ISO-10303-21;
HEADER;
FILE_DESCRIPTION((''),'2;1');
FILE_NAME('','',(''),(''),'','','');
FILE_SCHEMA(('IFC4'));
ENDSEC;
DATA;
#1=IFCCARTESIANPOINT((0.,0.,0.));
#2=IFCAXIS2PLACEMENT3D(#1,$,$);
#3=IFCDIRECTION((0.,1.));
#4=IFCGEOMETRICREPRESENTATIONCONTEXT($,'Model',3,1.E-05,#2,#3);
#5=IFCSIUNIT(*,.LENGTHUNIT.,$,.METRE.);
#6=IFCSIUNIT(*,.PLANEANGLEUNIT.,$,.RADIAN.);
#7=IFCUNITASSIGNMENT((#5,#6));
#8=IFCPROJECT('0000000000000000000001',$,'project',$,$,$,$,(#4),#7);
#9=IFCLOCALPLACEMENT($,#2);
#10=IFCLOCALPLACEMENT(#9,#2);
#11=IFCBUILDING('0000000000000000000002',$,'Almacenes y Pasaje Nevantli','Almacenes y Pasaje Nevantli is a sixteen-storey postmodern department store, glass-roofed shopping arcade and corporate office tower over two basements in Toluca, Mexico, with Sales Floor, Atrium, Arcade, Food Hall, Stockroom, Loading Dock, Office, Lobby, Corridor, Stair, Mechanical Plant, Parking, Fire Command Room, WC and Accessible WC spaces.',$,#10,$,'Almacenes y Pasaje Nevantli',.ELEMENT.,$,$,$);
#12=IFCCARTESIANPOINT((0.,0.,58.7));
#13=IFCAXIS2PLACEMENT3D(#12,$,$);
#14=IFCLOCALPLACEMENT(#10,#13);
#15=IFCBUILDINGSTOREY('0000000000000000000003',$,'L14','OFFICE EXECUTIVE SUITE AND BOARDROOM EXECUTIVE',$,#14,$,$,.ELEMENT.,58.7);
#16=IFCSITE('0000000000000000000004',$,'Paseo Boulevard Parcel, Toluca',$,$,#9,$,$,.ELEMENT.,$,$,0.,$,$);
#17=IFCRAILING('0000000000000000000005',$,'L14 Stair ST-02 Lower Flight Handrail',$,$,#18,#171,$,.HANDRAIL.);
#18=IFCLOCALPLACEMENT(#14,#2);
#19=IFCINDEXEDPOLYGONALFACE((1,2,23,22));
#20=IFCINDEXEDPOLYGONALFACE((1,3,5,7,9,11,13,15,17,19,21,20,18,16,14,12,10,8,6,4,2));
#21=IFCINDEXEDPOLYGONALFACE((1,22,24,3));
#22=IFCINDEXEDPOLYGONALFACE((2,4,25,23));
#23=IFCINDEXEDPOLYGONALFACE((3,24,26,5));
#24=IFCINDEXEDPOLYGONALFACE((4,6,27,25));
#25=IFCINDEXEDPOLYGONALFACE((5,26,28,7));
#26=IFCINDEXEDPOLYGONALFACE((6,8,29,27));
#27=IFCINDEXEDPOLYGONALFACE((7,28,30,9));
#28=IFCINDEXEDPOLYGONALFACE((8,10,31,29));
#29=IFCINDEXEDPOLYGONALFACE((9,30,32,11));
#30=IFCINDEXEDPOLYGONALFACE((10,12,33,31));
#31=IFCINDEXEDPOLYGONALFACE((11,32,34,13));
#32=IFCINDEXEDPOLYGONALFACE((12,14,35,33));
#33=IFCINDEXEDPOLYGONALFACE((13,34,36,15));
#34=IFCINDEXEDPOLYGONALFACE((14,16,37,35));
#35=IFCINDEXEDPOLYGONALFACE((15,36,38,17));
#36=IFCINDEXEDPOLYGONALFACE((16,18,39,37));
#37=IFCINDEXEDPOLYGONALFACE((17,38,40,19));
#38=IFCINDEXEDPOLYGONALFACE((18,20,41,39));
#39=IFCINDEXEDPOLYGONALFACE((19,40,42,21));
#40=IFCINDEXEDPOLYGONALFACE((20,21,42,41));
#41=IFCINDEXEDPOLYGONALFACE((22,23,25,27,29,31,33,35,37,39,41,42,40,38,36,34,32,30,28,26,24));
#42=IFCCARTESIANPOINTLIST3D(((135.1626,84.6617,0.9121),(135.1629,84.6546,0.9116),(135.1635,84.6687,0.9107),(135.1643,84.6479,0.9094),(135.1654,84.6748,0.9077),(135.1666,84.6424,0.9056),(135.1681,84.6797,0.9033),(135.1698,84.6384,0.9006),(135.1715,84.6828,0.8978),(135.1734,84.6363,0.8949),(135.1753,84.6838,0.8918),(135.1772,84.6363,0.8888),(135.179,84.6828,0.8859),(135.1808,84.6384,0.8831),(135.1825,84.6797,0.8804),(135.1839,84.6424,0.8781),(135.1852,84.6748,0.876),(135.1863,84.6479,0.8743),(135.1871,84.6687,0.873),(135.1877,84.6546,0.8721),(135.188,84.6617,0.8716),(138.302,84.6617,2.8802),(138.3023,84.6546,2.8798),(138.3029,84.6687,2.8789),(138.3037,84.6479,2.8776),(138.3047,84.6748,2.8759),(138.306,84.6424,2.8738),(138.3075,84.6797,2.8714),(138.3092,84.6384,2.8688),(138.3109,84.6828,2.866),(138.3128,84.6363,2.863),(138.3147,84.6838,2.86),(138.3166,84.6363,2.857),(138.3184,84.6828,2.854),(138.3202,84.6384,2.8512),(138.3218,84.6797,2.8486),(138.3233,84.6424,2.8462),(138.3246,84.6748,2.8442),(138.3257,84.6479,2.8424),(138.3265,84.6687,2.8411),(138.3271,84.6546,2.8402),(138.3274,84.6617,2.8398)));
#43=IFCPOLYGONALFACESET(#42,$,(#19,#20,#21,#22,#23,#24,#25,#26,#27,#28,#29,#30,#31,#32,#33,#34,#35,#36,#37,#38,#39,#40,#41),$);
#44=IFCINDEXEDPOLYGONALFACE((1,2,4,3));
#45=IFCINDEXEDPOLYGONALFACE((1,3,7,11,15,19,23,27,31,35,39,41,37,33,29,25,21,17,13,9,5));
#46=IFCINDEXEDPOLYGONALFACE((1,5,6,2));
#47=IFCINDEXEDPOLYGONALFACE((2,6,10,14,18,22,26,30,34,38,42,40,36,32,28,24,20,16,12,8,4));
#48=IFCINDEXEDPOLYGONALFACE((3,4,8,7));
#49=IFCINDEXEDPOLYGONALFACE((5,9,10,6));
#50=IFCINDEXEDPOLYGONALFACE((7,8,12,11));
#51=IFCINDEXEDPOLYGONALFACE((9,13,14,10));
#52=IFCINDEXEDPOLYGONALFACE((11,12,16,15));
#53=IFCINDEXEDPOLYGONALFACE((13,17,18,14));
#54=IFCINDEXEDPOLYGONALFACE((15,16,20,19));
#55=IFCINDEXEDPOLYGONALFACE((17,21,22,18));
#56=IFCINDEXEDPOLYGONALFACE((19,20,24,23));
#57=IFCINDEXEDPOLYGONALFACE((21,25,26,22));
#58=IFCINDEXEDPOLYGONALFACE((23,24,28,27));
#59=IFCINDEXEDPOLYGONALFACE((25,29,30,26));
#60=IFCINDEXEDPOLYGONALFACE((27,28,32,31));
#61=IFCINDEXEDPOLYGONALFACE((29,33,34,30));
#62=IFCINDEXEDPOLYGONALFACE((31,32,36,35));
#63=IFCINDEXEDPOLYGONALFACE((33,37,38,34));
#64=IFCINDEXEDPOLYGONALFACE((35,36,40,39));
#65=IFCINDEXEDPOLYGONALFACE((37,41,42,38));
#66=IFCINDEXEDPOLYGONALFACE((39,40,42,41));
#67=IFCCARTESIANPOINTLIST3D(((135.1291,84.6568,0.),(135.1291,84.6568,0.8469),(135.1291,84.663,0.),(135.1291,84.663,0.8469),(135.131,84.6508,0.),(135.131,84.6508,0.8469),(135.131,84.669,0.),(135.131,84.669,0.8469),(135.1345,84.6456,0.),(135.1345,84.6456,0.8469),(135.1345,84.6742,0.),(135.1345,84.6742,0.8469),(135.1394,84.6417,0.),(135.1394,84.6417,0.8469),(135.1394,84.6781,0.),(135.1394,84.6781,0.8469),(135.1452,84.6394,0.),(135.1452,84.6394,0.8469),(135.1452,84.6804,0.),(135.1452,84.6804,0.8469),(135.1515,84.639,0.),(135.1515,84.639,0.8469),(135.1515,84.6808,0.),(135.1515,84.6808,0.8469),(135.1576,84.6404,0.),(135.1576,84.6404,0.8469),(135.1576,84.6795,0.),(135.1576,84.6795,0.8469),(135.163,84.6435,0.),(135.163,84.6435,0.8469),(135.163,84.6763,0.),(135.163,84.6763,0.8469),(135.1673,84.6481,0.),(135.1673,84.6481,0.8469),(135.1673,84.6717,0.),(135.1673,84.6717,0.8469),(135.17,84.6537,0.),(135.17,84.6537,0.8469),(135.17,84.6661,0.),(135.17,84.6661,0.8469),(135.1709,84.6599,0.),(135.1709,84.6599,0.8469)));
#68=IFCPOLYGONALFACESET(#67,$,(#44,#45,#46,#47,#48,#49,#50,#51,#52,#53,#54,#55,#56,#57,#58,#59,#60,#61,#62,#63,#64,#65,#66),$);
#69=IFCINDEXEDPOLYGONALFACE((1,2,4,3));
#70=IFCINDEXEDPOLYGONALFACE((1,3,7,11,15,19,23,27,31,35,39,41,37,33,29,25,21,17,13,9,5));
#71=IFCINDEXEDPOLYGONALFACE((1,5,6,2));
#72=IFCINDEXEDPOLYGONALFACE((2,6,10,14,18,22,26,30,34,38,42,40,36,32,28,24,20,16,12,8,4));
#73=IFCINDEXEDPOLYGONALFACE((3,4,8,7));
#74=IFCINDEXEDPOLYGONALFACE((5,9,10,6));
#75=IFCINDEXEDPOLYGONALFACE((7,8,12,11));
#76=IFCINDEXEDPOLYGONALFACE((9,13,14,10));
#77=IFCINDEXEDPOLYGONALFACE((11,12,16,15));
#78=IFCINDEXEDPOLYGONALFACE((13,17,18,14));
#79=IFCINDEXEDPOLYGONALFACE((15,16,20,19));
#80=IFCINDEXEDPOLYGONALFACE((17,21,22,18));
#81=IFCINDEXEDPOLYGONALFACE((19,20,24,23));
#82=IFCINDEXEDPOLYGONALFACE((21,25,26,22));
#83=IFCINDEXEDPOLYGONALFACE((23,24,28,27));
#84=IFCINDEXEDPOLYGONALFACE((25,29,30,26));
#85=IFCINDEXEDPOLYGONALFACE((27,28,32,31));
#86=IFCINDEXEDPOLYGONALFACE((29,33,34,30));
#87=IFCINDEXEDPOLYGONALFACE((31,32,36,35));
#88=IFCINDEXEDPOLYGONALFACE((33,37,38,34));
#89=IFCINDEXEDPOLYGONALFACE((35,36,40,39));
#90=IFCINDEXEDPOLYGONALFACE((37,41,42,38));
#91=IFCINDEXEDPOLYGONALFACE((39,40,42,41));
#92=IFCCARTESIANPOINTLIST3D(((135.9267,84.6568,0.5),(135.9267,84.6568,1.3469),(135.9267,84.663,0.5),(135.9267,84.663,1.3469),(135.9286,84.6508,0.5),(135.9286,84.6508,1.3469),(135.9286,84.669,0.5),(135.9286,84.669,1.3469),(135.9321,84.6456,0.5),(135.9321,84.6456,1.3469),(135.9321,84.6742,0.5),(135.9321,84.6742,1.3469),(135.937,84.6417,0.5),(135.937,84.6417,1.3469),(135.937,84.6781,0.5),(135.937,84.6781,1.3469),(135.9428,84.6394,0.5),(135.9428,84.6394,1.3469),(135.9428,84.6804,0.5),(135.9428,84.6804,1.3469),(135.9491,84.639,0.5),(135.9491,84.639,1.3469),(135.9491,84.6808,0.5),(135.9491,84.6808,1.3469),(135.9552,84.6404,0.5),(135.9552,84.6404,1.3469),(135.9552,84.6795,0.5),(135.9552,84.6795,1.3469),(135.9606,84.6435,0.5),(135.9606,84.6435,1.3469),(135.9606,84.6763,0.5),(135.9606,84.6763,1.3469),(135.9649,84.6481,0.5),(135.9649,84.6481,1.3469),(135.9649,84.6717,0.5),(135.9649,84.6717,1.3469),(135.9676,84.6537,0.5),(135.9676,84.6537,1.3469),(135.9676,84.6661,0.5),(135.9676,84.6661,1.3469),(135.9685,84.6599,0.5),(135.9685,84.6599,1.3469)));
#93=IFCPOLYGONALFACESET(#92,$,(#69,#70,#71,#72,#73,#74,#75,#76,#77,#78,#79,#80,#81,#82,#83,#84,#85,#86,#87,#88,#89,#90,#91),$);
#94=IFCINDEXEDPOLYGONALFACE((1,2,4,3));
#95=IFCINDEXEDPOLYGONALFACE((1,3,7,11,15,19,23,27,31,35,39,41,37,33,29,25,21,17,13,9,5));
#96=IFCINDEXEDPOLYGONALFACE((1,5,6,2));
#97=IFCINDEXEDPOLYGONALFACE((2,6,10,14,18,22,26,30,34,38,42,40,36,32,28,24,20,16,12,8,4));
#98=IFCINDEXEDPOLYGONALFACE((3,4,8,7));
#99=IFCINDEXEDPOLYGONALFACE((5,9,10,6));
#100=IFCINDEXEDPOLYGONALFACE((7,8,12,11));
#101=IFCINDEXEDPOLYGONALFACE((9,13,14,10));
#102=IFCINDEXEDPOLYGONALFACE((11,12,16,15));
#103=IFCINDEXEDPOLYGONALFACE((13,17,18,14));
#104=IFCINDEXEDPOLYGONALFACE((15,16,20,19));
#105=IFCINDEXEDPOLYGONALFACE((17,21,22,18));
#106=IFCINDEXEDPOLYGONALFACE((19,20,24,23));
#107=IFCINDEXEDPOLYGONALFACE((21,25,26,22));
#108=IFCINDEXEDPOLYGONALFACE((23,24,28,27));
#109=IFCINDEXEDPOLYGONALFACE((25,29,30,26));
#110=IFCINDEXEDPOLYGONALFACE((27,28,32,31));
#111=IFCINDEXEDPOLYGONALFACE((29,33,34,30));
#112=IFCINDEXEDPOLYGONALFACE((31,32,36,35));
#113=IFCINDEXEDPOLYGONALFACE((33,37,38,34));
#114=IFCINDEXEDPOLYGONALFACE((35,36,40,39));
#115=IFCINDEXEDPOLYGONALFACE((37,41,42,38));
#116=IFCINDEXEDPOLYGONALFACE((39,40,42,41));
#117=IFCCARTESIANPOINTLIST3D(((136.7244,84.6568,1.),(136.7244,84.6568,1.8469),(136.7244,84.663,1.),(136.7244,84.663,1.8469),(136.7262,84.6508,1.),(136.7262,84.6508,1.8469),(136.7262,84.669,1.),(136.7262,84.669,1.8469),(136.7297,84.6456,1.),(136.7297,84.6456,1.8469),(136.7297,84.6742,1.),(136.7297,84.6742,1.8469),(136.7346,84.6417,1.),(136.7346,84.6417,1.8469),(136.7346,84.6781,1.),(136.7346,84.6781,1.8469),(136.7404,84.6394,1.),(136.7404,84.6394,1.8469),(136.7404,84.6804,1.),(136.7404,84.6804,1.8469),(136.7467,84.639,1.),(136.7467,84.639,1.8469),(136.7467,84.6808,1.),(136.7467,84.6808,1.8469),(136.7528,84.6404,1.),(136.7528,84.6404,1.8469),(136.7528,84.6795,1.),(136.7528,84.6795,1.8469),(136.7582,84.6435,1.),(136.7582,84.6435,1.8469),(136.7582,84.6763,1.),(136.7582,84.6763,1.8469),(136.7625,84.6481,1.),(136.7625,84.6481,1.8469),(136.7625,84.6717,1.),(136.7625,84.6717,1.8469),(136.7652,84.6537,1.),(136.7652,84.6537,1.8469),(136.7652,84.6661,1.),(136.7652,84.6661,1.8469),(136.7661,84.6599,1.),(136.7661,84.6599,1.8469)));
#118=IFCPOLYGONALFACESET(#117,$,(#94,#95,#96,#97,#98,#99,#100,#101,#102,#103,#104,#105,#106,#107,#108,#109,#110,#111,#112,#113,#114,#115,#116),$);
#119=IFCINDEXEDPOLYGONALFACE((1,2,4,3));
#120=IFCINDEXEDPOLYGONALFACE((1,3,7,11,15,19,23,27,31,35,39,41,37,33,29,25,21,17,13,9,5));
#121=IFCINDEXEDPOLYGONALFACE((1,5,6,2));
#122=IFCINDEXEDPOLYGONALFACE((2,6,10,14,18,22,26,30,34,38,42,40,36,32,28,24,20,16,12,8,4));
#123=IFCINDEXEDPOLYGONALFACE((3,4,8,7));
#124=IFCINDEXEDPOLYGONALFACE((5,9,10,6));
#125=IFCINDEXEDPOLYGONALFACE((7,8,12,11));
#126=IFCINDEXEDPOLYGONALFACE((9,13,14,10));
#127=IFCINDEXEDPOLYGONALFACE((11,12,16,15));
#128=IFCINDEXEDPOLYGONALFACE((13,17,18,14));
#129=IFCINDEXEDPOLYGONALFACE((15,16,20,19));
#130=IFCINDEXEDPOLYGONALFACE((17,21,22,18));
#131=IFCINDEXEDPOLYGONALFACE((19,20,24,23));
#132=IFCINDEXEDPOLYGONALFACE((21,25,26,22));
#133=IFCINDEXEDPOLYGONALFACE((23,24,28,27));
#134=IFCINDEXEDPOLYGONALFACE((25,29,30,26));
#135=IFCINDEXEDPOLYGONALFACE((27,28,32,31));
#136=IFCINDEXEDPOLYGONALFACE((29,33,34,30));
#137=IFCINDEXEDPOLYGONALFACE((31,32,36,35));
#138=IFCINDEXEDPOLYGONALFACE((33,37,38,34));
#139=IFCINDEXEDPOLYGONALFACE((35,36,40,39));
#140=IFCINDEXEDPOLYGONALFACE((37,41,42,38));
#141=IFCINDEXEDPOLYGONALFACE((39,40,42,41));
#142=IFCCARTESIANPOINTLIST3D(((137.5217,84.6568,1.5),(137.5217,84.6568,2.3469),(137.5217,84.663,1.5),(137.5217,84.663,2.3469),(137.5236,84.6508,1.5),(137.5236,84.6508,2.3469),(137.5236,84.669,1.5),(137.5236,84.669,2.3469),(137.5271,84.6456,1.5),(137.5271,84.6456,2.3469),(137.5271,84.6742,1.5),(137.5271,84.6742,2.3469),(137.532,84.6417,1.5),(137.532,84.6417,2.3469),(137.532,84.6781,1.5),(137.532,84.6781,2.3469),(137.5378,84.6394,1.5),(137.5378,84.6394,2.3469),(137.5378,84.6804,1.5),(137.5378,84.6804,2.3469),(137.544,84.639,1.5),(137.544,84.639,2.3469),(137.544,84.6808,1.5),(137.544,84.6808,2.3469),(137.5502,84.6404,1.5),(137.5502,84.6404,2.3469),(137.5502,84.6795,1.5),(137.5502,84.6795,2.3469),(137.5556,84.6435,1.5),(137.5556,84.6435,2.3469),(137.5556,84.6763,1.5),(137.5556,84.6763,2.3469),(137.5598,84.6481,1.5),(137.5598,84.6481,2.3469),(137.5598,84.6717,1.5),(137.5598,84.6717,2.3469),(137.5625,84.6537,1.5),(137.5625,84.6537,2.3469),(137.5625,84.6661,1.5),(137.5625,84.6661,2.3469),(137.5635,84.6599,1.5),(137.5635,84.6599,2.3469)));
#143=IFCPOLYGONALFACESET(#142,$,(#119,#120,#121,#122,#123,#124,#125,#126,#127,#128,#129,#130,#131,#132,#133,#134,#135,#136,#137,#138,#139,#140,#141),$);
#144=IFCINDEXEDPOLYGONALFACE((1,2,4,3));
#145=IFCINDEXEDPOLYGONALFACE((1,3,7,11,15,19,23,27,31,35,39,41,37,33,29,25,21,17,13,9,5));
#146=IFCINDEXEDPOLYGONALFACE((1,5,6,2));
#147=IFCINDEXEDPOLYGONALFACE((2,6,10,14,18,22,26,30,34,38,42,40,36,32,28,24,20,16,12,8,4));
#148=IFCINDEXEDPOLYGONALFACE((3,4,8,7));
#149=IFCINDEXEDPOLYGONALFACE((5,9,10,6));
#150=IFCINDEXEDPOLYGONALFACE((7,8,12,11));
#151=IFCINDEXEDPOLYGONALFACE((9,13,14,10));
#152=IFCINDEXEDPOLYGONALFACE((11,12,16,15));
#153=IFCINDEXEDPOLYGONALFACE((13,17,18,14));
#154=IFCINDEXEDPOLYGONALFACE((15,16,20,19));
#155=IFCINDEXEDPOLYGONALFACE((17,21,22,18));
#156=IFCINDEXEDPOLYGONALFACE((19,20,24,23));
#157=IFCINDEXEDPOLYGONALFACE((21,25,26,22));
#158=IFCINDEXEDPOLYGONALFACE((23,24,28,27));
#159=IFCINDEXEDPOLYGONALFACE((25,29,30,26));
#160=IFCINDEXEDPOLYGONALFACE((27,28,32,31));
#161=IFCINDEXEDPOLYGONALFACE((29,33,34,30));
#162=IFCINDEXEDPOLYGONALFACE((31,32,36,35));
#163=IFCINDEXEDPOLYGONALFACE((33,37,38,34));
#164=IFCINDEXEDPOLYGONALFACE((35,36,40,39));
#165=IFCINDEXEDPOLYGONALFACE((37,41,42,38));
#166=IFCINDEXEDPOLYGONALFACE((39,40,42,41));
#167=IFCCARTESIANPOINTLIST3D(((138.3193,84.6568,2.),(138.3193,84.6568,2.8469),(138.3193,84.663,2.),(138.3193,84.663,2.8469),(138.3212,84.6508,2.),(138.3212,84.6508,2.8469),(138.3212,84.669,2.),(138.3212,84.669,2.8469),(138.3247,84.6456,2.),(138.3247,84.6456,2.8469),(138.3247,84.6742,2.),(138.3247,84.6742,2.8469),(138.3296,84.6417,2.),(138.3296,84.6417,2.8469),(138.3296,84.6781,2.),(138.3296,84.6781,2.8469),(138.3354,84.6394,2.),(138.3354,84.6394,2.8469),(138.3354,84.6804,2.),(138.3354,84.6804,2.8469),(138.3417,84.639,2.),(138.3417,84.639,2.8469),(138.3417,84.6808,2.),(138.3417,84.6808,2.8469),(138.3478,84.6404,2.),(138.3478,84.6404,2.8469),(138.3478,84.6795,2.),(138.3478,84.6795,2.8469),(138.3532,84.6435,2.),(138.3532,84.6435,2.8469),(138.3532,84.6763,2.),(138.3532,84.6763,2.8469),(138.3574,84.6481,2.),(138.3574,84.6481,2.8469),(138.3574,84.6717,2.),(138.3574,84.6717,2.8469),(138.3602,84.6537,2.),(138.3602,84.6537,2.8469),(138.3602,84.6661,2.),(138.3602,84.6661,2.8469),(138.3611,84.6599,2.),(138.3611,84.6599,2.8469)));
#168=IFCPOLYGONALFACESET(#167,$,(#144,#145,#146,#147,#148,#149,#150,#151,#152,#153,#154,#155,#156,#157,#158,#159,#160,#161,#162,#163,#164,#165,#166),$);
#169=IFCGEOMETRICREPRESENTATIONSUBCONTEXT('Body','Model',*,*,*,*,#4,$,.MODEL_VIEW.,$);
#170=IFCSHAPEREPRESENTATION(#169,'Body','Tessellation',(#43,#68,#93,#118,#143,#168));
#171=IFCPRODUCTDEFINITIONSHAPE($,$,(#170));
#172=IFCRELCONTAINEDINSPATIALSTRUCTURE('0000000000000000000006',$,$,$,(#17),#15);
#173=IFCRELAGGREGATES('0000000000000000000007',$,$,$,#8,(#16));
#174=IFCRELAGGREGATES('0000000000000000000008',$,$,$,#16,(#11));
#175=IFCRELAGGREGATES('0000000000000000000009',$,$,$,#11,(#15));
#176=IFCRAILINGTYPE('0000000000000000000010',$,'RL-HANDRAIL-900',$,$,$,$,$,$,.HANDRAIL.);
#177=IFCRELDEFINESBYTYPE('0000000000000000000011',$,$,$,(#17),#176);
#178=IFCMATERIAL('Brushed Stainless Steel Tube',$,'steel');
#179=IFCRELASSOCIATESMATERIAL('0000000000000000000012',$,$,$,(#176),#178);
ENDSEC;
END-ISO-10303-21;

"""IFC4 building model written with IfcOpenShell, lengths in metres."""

from ifc_helpers import new_model, si_unit, direction, frame, origin, origin_2d, place, context, subcontext, project, spatial, circle, extrude, material, type_object, element, save


model = new_model("IFC4")

# Units and contexts
model_context = context("Model", 3, precision=1e-05, world=origin(), true_north=direction((0.0, 1.0)))
body_context = subcontext(model_context, "Body", "Model", "MODEL_VIEW")
ifc_project = project(units=[si_unit("LENGTHUNIT", "METRE"), si_unit("PLANEANGLEUNIT", "RADIAN")], contexts=[model_context])

# Site, building, storey
site_placement = place(None, origin())
site = spatial("IfcSite", under=ifc_project, at=site_placement, Name="Paseo Boulevard Parcel, Toluca", CompositionType="ELEMENT", RefElevation=0.0)
building_placement = place(site_placement, origin())
building = spatial("IfcBuilding", under=site, at=building_placement, Name="Almacenes y Pasaje Nevantli", Description="Almacenes y Pasaje Nevantli is a sixteen-storey postmodern department store, glass-roofed shopping arcade and corporate office tower over two basements in Toluca, Mexico, with Sales Floor, Atrium, Arcade, Food Hall, Stockroom, Loading Dock, Office, Lobby, Corridor, Stair, Mechanical Plant, Parking, Fire Command Room, WC and Accessible WC spaces.", LongName="Almacenes y Pasaje Nevantli", CompositionType="ELEMENT")
storey_placement = place(building_placement, frame((0.0, 0.0, 58.7)))
storey = spatial("IfcBuildingStorey", under=building, at=storey_placement, Name="L14", Description="OFFICE EXECUTIVE SUITE AND BOARDROOM EXECUTIVE", CompositionType="ELEMENT", Elevation=58.7)

# Railing
ifc_material_1 = material(Name="Brushed Stainless Steel Tube", Category="steel")
railing_type_1 = type_object("IfcRailingType", Name="RL-HANDRAIL-900", PredefinedType="HANDRAIL", material=ifc_material_1)
railing_1_placement = place(storey_placement, frame((135.1499, 84.6599, 0.0)))
element("IfcRailing", 1, at=railing_1_placement, inside=storey, type_object=railing_type_1, Name="L14 Stair ST-02 Lower Flight Handrail", PredefinedType="HANDRAIL", context=body_context, shape_type="SweptSolid", body=[
    extrude(circle(Radius=0.0239, at=origin_2d()), frame((0.0254, 0.0, 0.8918), z_axis=(0.847265, 0.0, 0.53117), x_axis=(0.0, 1.0, 0.0)), (0.0, 0.0, 1.0), 3.7053),
    extrude(circle(Radius=0.021, at=origin_2d()), origin(), (0.0, 0.0, 1.0), 0.8469),
    extrude(circle(Radius=0.021, at=origin_2d()), frame((0.7976, 0.0, 0.5)), (0.0, 0.0, 1.0), 0.8469),
    extrude(circle(Radius=0.021, at=origin_2d()), frame((1.5952, 0.0, 1.0)), (0.0, 0.0, 1.0), 0.8469),
    extrude(circle(Radius=0.021, at=origin_2d()), frame((2.3926, 0.0, 1.5)), (0.0, 0.0, 1.0), 0.8469),
    extrude(circle(Radius=0.021, at=origin_2d()), frame((3.1902, 0.0, 2.0)), (0.0, 0.0, 1.0), 0.8469),
])

save(model, "model.ifc")
